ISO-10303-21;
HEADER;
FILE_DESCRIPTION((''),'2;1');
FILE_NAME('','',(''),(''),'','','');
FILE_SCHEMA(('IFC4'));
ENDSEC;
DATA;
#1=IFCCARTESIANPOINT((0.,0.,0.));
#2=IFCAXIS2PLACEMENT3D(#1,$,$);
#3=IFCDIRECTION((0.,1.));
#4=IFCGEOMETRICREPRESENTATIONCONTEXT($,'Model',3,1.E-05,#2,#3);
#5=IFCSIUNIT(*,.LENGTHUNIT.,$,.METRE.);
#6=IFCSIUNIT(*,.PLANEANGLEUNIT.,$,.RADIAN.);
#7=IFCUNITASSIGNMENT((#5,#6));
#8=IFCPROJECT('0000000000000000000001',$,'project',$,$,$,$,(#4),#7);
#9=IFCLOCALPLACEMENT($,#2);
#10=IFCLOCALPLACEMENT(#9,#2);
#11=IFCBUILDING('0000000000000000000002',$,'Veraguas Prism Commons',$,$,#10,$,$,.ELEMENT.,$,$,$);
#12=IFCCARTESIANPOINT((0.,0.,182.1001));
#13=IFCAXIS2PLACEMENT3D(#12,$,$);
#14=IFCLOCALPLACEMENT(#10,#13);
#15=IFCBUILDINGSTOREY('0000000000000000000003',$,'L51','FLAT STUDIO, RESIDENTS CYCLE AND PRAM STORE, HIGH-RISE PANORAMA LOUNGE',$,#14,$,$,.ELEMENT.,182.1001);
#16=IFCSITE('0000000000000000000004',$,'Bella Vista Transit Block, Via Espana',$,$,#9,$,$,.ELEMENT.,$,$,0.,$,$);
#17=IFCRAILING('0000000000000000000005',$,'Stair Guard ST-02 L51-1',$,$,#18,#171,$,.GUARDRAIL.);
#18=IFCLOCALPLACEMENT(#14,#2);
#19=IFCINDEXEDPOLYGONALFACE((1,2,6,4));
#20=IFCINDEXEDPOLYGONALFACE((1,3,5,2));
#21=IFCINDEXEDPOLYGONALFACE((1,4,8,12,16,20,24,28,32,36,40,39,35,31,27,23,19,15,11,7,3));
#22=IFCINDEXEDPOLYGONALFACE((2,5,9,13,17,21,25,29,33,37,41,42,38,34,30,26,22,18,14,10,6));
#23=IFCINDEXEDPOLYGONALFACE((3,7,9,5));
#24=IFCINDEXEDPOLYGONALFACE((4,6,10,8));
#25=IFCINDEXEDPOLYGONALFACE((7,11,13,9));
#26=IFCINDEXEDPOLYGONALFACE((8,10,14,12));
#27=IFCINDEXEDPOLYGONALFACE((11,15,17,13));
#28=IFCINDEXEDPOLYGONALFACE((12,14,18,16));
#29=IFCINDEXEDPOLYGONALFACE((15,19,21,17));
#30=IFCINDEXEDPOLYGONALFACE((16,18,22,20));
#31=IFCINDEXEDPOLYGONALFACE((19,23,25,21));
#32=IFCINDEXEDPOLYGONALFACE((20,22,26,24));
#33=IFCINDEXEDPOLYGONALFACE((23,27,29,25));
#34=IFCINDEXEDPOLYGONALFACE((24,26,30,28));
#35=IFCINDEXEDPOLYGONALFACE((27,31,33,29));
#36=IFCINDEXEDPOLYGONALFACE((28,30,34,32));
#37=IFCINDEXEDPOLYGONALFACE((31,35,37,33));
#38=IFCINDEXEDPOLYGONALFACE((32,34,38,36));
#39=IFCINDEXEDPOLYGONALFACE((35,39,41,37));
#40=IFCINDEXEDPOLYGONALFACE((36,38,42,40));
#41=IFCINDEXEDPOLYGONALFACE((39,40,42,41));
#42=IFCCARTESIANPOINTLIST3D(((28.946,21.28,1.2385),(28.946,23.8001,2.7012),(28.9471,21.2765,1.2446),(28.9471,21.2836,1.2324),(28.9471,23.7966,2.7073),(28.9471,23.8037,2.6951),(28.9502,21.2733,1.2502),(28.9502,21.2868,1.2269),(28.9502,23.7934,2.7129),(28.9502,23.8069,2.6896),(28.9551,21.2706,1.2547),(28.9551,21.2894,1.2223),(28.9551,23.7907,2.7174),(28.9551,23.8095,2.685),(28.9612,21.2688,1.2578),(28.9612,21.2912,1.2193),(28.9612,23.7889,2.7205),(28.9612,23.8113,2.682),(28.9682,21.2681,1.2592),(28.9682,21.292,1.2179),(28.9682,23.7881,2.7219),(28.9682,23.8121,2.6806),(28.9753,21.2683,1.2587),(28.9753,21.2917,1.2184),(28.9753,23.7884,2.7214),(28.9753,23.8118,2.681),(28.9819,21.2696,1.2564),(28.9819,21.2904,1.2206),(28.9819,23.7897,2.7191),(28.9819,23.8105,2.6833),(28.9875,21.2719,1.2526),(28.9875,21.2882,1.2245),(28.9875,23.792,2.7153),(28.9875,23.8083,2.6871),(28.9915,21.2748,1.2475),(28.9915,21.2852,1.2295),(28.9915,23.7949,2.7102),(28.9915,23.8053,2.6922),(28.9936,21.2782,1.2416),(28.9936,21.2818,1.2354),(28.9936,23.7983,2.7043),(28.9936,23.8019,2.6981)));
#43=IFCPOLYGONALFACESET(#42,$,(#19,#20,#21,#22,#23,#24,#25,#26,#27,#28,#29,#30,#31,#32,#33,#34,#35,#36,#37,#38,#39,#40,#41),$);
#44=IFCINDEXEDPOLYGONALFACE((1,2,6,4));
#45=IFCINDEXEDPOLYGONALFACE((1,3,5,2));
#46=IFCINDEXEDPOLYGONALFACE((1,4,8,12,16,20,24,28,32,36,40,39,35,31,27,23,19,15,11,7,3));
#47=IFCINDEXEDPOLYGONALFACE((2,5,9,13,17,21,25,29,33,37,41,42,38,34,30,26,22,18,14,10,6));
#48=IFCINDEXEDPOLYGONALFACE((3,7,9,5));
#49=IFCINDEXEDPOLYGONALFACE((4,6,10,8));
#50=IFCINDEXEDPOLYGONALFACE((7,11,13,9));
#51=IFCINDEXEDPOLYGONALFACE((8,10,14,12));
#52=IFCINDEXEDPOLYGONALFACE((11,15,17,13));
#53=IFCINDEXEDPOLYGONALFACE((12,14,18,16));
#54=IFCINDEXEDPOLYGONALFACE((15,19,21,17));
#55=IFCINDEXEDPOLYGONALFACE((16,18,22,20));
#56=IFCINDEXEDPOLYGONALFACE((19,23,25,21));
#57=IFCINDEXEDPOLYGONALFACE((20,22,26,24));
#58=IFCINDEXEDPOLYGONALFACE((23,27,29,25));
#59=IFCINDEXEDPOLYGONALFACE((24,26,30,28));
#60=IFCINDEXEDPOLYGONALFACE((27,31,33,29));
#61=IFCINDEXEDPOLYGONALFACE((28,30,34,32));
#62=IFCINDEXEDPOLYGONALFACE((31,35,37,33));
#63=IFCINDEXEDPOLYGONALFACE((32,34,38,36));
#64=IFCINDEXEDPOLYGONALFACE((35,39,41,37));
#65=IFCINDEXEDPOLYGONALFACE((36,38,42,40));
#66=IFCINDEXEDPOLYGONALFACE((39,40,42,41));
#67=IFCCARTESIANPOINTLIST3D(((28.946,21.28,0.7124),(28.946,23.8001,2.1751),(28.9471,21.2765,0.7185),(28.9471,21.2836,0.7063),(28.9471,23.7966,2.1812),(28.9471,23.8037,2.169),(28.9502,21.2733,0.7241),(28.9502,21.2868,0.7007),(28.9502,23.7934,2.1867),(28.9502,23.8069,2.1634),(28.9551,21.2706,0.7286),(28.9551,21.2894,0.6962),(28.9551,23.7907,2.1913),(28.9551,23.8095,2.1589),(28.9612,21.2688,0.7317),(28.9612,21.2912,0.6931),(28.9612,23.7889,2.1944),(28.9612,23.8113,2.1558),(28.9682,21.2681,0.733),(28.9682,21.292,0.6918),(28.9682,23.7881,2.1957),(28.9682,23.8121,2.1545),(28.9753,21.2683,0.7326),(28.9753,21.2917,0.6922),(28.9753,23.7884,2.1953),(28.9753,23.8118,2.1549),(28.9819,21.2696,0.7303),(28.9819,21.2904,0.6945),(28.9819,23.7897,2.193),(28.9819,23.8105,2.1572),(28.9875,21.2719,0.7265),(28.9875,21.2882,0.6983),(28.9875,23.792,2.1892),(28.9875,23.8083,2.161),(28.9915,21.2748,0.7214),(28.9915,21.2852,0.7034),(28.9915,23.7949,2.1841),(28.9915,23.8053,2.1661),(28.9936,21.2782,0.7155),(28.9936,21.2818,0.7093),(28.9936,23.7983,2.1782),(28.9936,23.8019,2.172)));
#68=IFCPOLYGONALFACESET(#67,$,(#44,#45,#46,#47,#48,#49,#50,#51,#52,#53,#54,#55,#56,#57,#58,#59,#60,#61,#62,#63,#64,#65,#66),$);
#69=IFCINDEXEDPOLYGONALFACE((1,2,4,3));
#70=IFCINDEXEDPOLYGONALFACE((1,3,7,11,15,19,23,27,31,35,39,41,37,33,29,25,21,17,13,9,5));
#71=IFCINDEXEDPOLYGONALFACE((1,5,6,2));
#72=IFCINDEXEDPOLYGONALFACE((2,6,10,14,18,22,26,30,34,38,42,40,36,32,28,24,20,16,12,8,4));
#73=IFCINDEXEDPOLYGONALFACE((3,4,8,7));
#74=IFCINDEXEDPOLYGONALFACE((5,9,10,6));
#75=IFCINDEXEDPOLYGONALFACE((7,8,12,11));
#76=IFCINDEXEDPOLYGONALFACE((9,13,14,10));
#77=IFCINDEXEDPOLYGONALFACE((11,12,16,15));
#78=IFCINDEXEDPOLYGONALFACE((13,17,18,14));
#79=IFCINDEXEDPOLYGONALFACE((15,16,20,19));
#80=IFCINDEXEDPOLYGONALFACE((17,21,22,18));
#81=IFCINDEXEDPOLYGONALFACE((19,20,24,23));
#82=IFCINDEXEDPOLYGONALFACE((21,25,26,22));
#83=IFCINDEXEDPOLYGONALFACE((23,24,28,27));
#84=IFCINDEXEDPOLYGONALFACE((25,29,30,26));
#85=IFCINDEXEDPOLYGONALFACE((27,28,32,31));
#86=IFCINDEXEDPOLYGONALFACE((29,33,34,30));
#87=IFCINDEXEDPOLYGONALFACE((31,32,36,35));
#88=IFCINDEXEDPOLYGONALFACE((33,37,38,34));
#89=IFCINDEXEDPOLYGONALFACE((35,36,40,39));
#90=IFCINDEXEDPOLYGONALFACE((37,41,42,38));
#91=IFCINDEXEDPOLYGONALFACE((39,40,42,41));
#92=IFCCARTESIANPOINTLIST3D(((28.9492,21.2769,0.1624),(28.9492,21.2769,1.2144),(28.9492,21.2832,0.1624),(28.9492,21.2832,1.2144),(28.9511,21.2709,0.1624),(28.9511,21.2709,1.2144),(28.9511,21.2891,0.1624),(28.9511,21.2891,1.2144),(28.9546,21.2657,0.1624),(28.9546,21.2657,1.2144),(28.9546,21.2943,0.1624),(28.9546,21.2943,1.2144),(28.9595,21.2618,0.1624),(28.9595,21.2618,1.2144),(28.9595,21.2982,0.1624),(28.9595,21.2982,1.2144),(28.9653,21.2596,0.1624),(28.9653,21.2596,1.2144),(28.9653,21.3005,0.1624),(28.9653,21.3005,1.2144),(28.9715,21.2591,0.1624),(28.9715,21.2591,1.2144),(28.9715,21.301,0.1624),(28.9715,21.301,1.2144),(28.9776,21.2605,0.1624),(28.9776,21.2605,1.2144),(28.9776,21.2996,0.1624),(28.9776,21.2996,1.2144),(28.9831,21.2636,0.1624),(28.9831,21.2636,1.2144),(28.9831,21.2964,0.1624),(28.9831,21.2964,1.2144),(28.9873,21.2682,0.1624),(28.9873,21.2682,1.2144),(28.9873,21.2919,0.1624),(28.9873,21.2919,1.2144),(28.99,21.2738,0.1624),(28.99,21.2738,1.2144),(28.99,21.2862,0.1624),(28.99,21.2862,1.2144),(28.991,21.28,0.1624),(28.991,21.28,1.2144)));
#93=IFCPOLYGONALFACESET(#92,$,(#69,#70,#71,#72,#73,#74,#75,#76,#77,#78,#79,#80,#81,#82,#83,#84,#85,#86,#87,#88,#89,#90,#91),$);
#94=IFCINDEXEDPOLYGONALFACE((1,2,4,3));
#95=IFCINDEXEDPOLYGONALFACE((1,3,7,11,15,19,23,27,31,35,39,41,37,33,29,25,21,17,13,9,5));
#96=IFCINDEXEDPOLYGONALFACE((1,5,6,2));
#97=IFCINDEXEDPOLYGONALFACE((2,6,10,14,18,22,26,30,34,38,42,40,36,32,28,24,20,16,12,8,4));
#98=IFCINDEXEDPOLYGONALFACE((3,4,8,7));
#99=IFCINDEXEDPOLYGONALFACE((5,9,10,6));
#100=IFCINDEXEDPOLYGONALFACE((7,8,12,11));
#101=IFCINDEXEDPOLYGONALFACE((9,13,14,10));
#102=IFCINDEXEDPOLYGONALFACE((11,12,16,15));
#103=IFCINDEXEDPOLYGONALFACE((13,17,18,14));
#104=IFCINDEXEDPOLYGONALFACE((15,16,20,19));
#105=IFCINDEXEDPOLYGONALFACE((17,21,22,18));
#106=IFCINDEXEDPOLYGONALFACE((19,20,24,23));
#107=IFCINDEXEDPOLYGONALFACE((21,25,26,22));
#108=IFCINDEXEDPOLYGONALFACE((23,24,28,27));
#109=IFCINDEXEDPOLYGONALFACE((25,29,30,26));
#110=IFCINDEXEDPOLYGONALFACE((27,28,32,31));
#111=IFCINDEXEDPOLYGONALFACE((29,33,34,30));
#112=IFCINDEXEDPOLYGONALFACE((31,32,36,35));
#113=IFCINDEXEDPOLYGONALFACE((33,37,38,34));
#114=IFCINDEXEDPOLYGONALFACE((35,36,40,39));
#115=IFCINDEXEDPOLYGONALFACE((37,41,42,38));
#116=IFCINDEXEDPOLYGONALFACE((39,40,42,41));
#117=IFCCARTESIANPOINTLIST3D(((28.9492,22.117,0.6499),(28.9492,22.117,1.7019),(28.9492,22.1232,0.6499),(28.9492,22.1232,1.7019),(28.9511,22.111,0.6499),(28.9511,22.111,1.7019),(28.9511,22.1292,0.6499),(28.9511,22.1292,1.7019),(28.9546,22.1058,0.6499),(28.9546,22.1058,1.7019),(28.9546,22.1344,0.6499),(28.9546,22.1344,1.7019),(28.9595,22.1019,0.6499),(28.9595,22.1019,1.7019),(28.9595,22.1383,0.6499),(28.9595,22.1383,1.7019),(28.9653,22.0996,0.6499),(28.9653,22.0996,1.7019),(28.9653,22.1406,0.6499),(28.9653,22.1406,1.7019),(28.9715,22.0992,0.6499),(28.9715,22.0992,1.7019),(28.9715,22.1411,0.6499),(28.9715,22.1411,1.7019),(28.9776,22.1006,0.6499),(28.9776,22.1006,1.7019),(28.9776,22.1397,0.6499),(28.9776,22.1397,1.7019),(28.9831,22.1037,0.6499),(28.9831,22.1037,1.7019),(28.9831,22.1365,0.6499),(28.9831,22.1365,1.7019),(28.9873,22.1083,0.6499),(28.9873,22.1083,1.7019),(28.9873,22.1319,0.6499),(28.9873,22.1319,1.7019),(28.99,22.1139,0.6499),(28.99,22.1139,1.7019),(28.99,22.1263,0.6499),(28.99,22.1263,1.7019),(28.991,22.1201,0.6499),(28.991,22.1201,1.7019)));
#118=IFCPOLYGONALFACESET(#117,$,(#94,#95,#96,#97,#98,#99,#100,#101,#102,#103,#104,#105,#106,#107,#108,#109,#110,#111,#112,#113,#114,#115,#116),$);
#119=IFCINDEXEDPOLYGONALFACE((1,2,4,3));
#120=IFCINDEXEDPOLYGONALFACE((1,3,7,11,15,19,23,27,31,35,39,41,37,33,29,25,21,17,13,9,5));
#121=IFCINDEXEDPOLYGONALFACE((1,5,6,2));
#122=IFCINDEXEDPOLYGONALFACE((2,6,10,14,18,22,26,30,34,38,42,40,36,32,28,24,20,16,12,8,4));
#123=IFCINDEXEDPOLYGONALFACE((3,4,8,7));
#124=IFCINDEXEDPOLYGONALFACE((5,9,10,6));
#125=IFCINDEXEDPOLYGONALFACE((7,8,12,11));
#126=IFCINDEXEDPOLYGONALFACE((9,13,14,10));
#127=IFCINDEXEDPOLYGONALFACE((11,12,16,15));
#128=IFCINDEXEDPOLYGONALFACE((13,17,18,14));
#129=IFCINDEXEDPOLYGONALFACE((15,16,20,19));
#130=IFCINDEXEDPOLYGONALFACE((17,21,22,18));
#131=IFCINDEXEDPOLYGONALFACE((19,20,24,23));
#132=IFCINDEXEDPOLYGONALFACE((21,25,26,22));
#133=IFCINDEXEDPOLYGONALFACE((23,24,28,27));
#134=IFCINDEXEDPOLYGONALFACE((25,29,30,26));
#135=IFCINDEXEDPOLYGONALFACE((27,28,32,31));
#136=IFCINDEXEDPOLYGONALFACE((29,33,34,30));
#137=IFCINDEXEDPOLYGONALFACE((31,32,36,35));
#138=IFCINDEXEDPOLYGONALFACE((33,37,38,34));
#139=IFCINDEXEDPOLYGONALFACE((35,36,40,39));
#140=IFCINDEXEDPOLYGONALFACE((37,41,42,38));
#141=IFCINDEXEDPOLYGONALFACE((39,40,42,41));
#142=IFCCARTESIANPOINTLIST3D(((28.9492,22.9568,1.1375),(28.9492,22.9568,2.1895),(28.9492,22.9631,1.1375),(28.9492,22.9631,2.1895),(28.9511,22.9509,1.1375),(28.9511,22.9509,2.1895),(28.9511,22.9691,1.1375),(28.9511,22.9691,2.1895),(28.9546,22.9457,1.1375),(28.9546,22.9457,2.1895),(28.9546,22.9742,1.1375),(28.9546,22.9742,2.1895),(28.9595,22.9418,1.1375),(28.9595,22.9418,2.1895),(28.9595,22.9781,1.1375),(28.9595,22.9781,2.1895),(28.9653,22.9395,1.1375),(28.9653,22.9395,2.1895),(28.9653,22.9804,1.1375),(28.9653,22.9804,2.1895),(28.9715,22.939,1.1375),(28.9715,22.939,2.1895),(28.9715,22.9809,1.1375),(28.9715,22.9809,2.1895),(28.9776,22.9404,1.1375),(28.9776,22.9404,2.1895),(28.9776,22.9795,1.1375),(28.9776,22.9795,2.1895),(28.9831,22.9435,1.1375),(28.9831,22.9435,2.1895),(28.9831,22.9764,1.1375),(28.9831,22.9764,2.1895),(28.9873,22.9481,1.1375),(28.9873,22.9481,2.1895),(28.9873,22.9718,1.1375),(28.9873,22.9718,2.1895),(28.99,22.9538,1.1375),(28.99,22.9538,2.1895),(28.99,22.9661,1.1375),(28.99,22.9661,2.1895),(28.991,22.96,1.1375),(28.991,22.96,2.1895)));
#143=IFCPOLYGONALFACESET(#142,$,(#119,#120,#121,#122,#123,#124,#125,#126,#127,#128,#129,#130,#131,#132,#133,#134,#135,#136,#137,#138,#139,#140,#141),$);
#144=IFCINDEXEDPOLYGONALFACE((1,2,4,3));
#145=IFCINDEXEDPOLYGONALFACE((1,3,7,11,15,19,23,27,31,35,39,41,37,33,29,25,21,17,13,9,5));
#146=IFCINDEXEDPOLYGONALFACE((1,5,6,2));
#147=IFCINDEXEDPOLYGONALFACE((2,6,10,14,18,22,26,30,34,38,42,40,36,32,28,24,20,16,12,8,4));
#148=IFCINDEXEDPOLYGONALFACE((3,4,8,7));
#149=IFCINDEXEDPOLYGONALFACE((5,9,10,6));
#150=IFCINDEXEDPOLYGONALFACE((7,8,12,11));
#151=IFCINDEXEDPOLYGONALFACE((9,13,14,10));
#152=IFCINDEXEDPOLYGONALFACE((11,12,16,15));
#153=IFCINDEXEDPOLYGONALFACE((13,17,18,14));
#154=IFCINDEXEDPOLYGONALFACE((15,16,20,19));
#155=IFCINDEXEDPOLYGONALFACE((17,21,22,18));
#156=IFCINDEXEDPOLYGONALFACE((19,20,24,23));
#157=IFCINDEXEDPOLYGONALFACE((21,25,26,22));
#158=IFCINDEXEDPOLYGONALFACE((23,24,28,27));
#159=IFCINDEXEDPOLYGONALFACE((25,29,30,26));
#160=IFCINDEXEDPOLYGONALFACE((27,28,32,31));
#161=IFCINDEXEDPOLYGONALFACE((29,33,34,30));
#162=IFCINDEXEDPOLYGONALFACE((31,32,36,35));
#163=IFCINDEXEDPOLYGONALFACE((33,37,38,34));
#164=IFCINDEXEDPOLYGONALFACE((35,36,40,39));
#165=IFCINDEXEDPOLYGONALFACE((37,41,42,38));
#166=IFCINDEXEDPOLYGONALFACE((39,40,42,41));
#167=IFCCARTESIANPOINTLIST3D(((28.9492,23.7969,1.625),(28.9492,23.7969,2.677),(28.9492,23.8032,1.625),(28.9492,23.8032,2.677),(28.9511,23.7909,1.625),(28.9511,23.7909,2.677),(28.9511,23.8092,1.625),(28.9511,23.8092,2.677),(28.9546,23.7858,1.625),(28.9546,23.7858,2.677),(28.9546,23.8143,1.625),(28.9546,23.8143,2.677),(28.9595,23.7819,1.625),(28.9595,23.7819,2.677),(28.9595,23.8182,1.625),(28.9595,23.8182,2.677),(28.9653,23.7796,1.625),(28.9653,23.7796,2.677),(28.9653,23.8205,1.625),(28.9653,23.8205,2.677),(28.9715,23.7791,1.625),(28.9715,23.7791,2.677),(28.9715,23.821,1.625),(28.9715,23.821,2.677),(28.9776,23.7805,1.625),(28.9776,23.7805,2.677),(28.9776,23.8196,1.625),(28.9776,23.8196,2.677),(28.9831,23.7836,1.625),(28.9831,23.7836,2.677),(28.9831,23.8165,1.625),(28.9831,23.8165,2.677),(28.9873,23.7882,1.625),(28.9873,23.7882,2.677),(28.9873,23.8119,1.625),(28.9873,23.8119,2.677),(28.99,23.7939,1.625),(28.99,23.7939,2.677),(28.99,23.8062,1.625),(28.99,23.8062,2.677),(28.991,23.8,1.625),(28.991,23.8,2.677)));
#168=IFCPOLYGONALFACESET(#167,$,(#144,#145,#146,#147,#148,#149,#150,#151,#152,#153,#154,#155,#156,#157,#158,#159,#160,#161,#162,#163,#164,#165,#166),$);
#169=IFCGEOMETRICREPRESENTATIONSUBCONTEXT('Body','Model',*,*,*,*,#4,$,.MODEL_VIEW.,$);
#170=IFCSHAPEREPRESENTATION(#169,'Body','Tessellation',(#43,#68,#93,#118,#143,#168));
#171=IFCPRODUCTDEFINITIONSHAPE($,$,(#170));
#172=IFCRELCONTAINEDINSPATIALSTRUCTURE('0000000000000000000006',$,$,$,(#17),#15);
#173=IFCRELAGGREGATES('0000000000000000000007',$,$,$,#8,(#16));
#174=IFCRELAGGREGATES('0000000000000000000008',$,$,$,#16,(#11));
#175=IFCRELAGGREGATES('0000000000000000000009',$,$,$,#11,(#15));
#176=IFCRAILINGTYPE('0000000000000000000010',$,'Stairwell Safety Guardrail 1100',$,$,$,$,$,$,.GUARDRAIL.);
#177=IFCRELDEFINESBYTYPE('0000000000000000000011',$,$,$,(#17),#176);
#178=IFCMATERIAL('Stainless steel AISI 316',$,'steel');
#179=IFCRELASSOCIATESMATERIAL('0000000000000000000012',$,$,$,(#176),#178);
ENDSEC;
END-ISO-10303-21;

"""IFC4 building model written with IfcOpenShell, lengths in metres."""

from ifc_helpers import new_model, si_unit, direction, frame, origin, origin_2d, place, context, subcontext, project, spatial, circle, extrude, material, type_object, element, save


model = new_model("IFC4")

# Units and contexts
model_context = context("Model", 3, precision=1e-05, world=origin(), true_north=direction((0.0, 1.0)))
body_context = subcontext(model_context, "Body", "Model", "MODEL_VIEW")
ifc_project = project(units=[si_unit("LENGTHUNIT", "METRE"), si_unit("PLANEANGLEUNIT", "RADIAN")], contexts=[model_context])

# Site, building, storey
site_placement = place(None, origin())
site = spatial("IfcSite", under=ifc_project, at=site_placement, Name="Bella Vista Transit Block, Via Espana", CompositionType="ELEMENT", RefElevation=0.0)
building_placement = place(site_placement, origin())
building = spatial("IfcBuilding", under=site, at=building_placement, Name="Veraguas Prism Commons", CompositionType="ELEMENT")
storey_placement = place(building_placement, frame((0.0, 0.0, 182.1001)))
storey = spatial("IfcBuildingStorey", under=building, at=storey_placement, Name="L51", Description="FLAT STUDIO, RESIDENTS CYCLE AND PRAM STORE, HIGH-RISE PANORAMA LOUNGE", CompositionType="ELEMENT", Elevation=182.1001)

# Shared definitions
ifc_material_1 = material(Name="Stainless steel AISI 316", Category="steel")

# Railing
railing_type = type_object("IfcRailingType", Name="Stairwell Safety Guardrail 1100", PredefinedType="GUARDRAIL", material=ifc_material_1)
railing_1_placement = place(storey_placement, frame((28.97, 21.28, 0.1624)))
element("IfcRailing", 1, at=railing_1_placement, inside=storey, type_object=railing_type, Name="Stair Guard ST-02 L51-1", PredefinedType="GUARDRAIL", context=body_context, shape_type="SweptSolid", body=[
    extrude(circle(Radius=0.0239, at=origin_2d()), frame((0.0, 0.0, 1.0762), z_axis=(0.0, 0.864877, 0.501984), x_axis=(-1.0, 0.0, 0.0)), (0.0, 0.0, 1.0), 2.9138),
    extrude(circle(Radius=0.0239, at=origin_2d()), frame((0.0, 0.0, 0.55), z_axis=(0.0, 0.864877, 0.501984), x_axis=(-1.0, 0.0, 0.0)), (0.0, 0.0, 1.0), 2.9138),
    extrude(circle(Radius=0.021, at=origin_2d()), origin(), (0.0, 0.0, 1.0), 1.052),
    extrude(circle(Radius=0.021, at=origin_2d()), frame((0.0, 0.8401, 0.4875)), (0.0, 0.0, 1.0), 1.052),
    extrude(circle(Radius=0.021, at=origin_2d()), frame((0.0, 1.6799, 0.9751)), (0.0, 0.0, 1.0), 1.052),
    extrude(circle(Radius=0.021, at=origin_2d()), frame((0.0, 2.52, 1.4626)), (0.0, 0.0, 1.0), 1.052),
])

save(model, "model.ifc")
